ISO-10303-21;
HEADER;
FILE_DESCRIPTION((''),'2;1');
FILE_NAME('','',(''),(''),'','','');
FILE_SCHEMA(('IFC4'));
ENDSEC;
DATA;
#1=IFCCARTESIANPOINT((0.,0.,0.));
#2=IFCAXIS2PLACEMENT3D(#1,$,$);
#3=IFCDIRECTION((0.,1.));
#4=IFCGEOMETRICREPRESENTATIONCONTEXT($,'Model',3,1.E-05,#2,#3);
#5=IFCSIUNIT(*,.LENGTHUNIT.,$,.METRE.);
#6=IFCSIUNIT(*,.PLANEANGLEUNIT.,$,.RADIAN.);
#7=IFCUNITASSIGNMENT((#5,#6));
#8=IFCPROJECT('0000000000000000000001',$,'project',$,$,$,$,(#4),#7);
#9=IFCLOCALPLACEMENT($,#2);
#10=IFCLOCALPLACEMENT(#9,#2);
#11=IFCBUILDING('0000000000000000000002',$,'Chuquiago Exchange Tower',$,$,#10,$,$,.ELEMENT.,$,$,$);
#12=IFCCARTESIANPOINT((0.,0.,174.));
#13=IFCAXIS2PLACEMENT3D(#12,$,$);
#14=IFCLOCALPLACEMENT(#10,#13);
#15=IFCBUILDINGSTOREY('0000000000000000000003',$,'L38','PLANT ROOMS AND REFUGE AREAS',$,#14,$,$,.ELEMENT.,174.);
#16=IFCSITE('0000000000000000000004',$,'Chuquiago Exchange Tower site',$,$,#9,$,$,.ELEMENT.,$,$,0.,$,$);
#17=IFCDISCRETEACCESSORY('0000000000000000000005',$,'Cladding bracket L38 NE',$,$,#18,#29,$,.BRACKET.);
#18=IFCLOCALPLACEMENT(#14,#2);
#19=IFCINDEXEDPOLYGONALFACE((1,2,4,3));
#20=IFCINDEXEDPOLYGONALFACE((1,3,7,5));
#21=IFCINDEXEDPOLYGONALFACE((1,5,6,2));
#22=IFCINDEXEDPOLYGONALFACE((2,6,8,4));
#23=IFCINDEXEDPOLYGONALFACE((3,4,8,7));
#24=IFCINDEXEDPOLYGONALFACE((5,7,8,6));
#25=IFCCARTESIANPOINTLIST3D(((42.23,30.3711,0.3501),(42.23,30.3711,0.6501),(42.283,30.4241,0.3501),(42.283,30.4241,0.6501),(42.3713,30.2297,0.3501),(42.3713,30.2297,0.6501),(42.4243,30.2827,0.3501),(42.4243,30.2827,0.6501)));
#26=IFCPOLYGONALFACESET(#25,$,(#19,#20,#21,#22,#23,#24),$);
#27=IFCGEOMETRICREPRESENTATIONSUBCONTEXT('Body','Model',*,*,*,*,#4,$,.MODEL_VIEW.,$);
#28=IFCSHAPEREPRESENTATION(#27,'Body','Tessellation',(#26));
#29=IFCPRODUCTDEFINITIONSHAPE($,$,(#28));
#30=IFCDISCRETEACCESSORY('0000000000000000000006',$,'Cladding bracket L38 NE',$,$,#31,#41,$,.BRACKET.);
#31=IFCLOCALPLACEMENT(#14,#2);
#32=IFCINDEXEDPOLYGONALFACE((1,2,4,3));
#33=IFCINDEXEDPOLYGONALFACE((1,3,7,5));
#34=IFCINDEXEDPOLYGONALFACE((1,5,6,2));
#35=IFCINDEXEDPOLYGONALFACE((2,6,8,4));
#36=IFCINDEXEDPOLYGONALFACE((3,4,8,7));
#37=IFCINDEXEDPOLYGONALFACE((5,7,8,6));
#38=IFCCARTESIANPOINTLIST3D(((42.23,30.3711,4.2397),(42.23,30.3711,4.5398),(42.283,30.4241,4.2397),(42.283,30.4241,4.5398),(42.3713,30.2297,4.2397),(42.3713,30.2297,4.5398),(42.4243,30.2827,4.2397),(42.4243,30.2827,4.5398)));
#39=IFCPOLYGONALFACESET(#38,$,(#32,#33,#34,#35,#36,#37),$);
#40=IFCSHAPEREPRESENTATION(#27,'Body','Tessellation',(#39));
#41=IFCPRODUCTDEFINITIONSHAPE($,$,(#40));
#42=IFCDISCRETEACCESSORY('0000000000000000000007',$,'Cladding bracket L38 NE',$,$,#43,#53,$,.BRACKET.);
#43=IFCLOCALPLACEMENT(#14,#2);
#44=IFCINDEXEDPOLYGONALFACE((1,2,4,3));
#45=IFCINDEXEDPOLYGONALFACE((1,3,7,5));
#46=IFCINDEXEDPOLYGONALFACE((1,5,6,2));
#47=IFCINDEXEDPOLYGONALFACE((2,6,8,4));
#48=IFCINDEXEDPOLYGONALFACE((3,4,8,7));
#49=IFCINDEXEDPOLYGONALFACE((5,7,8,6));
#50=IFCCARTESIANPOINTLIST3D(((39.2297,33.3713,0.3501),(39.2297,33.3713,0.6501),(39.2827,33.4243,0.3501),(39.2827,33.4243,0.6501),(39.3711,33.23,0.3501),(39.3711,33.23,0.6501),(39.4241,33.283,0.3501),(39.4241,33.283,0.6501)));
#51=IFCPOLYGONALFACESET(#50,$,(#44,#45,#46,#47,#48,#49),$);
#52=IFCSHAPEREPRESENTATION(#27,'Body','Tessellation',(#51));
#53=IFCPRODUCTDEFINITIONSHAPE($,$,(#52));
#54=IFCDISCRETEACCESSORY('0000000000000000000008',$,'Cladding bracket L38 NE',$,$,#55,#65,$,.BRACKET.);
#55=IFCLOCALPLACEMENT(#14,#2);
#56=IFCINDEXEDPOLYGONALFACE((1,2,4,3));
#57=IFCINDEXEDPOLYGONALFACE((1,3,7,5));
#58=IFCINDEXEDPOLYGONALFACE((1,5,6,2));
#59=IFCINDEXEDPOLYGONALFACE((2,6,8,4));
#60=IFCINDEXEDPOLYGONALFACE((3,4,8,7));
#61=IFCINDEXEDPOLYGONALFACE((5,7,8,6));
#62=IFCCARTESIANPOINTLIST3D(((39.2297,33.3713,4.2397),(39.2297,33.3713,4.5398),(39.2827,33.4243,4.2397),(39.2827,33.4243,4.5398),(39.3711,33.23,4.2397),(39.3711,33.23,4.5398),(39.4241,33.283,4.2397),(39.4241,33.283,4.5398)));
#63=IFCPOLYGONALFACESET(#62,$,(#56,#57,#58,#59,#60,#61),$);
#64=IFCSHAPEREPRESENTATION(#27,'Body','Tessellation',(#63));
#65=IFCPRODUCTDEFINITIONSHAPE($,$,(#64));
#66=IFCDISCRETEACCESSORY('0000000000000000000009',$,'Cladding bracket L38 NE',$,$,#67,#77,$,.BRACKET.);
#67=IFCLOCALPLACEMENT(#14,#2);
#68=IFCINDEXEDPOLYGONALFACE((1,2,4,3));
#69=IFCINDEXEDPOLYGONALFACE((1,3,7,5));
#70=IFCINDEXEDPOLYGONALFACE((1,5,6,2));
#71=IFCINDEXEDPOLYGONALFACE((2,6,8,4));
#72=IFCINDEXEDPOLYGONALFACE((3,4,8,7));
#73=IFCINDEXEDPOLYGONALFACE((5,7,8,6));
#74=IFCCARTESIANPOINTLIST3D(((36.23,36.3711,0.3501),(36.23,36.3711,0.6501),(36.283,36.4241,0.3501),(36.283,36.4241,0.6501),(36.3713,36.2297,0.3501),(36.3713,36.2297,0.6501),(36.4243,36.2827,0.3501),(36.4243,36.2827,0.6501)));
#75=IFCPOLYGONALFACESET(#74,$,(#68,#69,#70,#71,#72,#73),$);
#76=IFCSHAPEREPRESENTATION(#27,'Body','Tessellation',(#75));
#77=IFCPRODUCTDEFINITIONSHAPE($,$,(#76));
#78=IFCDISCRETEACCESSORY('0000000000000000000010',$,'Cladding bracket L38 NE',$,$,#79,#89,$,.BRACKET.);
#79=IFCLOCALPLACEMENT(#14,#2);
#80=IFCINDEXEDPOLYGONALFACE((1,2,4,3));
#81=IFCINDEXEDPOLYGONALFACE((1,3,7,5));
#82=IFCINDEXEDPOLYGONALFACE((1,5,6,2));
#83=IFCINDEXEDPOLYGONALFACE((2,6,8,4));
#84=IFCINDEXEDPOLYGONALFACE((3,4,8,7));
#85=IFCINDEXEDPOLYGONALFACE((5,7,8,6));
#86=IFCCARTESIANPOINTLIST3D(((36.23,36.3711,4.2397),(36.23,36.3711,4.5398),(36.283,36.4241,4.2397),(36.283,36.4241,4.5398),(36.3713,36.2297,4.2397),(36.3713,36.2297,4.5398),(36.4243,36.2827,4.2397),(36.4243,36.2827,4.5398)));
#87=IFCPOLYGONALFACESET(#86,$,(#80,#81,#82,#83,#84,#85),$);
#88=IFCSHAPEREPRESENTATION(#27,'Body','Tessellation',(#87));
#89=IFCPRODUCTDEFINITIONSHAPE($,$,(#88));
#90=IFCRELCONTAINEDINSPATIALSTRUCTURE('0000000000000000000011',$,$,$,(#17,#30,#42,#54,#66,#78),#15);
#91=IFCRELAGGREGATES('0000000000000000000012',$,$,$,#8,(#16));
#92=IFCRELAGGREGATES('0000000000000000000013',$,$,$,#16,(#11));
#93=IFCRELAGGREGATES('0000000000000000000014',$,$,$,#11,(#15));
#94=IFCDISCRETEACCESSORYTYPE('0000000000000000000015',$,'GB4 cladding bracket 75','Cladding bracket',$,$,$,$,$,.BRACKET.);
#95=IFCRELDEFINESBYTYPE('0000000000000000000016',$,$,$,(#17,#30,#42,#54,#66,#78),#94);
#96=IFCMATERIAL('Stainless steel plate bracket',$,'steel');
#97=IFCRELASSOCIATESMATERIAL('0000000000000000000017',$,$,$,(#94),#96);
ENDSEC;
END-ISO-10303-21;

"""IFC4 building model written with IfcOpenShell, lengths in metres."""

from ifc_helpers import new_model, si_unit, direction, frame, origin, origin_2d, place, context, subcontext, project, spatial, rectangle, extrude, material, type_object, element, save


model = new_model("IFC4")

# Units and contexts
model_context = context("Model", 3, precision=1e-05, world=origin(), true_north=direction((0.0, 1.0)))
body_context = subcontext(model_context, "Body", "Model", "MODEL_VIEW")
ifc_project = project(units=[si_unit("LENGTHUNIT", "METRE"), si_unit("PLANEANGLEUNIT", "RADIAN")], contexts=[model_context])

# Site, building, storey
site_placement = place(None, origin())
site = spatial("IfcSite", under=ifc_project, at=site_placement, Name="Chuquiago Exchange Tower site", CompositionType="ELEMENT", RefElevation=0.0)
building_placement = place(site_placement, origin())
building = spatial("IfcBuilding", under=site, at=building_placement, Name="Chuquiago Exchange Tower", CompositionType="ELEMENT")
storey_placement = place(building_placement, frame((0.0, 0.0, 174.0)))
storey = spatial("IfcBuildingStorey", under=building, at=storey_placement, Name="L38", Description="PLANT ROOMS AND REFUGE AREAS", CompositionType="ELEMENT", Elevation=174.0)

# Discrete accessories
ifc_material_1 = material(Name="Stainless steel plate bracket", Category="steel")
discrete_accessory_type = type_object("IfcDiscreteAccessoryType", Name="GB4 cladding bracket 75", Description="Cladding bracket", PredefinedType="BRACKET", material=ifc_material_1)
for number, where, z_axis, x_axis, name in (
    (1, (42.3271, 30.3269, 0.3501), (0.0, 0.0, 1.0), (-0.707107, 0.707107, 0.0), "Cladding bracket L38 NE"),
    (2, (42.3271, 30.3269, 4.2397), (0.0, 0.0, 1.0), (-0.707107, 0.707107, 0.0), "Cladding bracket L38 NE"),
    (3, (39.3269, 33.3271, 0.3501), (0.0, 0.0, 1.0), (-0.707107, 0.707107, 0.0), "Cladding bracket L38 NE"),
    (4, (39.3269, 33.3271, 4.2397), (0.0, 0.0, 1.0), (-0.707107, 0.707107, 0.0), "Cladding bracket L38 NE"),
    (5, (36.3271, 36.3269, 0.3501), (0.0, 0.0, 1.0), (-0.707107, 0.707107, 0.0), "Cladding bracket L38 NE"),
    (6, (36.3271, 36.3269, 4.2397), (0.0, 0.0, 1.0), (-0.707107, 0.707107, 0.0), "Cladding bracket L38 NE"),
):
    element("IfcDiscreteAccessory", number, at=place(storey_placement, frame(where, z_axis=z_axis, x_axis=x_axis)), inside=storey, type_object=discrete_accessory_type, Name=name, PredefinedType="BRACKET", context=body_context, shape_type="SweptSolid", body=[
        extrude(rectangle(XDim=0.2, YDim=0.075, at=origin_2d()), origin(), (0.0, 0.0, 1.0), 0.3),
    ])

save(model, "model.ifc")
